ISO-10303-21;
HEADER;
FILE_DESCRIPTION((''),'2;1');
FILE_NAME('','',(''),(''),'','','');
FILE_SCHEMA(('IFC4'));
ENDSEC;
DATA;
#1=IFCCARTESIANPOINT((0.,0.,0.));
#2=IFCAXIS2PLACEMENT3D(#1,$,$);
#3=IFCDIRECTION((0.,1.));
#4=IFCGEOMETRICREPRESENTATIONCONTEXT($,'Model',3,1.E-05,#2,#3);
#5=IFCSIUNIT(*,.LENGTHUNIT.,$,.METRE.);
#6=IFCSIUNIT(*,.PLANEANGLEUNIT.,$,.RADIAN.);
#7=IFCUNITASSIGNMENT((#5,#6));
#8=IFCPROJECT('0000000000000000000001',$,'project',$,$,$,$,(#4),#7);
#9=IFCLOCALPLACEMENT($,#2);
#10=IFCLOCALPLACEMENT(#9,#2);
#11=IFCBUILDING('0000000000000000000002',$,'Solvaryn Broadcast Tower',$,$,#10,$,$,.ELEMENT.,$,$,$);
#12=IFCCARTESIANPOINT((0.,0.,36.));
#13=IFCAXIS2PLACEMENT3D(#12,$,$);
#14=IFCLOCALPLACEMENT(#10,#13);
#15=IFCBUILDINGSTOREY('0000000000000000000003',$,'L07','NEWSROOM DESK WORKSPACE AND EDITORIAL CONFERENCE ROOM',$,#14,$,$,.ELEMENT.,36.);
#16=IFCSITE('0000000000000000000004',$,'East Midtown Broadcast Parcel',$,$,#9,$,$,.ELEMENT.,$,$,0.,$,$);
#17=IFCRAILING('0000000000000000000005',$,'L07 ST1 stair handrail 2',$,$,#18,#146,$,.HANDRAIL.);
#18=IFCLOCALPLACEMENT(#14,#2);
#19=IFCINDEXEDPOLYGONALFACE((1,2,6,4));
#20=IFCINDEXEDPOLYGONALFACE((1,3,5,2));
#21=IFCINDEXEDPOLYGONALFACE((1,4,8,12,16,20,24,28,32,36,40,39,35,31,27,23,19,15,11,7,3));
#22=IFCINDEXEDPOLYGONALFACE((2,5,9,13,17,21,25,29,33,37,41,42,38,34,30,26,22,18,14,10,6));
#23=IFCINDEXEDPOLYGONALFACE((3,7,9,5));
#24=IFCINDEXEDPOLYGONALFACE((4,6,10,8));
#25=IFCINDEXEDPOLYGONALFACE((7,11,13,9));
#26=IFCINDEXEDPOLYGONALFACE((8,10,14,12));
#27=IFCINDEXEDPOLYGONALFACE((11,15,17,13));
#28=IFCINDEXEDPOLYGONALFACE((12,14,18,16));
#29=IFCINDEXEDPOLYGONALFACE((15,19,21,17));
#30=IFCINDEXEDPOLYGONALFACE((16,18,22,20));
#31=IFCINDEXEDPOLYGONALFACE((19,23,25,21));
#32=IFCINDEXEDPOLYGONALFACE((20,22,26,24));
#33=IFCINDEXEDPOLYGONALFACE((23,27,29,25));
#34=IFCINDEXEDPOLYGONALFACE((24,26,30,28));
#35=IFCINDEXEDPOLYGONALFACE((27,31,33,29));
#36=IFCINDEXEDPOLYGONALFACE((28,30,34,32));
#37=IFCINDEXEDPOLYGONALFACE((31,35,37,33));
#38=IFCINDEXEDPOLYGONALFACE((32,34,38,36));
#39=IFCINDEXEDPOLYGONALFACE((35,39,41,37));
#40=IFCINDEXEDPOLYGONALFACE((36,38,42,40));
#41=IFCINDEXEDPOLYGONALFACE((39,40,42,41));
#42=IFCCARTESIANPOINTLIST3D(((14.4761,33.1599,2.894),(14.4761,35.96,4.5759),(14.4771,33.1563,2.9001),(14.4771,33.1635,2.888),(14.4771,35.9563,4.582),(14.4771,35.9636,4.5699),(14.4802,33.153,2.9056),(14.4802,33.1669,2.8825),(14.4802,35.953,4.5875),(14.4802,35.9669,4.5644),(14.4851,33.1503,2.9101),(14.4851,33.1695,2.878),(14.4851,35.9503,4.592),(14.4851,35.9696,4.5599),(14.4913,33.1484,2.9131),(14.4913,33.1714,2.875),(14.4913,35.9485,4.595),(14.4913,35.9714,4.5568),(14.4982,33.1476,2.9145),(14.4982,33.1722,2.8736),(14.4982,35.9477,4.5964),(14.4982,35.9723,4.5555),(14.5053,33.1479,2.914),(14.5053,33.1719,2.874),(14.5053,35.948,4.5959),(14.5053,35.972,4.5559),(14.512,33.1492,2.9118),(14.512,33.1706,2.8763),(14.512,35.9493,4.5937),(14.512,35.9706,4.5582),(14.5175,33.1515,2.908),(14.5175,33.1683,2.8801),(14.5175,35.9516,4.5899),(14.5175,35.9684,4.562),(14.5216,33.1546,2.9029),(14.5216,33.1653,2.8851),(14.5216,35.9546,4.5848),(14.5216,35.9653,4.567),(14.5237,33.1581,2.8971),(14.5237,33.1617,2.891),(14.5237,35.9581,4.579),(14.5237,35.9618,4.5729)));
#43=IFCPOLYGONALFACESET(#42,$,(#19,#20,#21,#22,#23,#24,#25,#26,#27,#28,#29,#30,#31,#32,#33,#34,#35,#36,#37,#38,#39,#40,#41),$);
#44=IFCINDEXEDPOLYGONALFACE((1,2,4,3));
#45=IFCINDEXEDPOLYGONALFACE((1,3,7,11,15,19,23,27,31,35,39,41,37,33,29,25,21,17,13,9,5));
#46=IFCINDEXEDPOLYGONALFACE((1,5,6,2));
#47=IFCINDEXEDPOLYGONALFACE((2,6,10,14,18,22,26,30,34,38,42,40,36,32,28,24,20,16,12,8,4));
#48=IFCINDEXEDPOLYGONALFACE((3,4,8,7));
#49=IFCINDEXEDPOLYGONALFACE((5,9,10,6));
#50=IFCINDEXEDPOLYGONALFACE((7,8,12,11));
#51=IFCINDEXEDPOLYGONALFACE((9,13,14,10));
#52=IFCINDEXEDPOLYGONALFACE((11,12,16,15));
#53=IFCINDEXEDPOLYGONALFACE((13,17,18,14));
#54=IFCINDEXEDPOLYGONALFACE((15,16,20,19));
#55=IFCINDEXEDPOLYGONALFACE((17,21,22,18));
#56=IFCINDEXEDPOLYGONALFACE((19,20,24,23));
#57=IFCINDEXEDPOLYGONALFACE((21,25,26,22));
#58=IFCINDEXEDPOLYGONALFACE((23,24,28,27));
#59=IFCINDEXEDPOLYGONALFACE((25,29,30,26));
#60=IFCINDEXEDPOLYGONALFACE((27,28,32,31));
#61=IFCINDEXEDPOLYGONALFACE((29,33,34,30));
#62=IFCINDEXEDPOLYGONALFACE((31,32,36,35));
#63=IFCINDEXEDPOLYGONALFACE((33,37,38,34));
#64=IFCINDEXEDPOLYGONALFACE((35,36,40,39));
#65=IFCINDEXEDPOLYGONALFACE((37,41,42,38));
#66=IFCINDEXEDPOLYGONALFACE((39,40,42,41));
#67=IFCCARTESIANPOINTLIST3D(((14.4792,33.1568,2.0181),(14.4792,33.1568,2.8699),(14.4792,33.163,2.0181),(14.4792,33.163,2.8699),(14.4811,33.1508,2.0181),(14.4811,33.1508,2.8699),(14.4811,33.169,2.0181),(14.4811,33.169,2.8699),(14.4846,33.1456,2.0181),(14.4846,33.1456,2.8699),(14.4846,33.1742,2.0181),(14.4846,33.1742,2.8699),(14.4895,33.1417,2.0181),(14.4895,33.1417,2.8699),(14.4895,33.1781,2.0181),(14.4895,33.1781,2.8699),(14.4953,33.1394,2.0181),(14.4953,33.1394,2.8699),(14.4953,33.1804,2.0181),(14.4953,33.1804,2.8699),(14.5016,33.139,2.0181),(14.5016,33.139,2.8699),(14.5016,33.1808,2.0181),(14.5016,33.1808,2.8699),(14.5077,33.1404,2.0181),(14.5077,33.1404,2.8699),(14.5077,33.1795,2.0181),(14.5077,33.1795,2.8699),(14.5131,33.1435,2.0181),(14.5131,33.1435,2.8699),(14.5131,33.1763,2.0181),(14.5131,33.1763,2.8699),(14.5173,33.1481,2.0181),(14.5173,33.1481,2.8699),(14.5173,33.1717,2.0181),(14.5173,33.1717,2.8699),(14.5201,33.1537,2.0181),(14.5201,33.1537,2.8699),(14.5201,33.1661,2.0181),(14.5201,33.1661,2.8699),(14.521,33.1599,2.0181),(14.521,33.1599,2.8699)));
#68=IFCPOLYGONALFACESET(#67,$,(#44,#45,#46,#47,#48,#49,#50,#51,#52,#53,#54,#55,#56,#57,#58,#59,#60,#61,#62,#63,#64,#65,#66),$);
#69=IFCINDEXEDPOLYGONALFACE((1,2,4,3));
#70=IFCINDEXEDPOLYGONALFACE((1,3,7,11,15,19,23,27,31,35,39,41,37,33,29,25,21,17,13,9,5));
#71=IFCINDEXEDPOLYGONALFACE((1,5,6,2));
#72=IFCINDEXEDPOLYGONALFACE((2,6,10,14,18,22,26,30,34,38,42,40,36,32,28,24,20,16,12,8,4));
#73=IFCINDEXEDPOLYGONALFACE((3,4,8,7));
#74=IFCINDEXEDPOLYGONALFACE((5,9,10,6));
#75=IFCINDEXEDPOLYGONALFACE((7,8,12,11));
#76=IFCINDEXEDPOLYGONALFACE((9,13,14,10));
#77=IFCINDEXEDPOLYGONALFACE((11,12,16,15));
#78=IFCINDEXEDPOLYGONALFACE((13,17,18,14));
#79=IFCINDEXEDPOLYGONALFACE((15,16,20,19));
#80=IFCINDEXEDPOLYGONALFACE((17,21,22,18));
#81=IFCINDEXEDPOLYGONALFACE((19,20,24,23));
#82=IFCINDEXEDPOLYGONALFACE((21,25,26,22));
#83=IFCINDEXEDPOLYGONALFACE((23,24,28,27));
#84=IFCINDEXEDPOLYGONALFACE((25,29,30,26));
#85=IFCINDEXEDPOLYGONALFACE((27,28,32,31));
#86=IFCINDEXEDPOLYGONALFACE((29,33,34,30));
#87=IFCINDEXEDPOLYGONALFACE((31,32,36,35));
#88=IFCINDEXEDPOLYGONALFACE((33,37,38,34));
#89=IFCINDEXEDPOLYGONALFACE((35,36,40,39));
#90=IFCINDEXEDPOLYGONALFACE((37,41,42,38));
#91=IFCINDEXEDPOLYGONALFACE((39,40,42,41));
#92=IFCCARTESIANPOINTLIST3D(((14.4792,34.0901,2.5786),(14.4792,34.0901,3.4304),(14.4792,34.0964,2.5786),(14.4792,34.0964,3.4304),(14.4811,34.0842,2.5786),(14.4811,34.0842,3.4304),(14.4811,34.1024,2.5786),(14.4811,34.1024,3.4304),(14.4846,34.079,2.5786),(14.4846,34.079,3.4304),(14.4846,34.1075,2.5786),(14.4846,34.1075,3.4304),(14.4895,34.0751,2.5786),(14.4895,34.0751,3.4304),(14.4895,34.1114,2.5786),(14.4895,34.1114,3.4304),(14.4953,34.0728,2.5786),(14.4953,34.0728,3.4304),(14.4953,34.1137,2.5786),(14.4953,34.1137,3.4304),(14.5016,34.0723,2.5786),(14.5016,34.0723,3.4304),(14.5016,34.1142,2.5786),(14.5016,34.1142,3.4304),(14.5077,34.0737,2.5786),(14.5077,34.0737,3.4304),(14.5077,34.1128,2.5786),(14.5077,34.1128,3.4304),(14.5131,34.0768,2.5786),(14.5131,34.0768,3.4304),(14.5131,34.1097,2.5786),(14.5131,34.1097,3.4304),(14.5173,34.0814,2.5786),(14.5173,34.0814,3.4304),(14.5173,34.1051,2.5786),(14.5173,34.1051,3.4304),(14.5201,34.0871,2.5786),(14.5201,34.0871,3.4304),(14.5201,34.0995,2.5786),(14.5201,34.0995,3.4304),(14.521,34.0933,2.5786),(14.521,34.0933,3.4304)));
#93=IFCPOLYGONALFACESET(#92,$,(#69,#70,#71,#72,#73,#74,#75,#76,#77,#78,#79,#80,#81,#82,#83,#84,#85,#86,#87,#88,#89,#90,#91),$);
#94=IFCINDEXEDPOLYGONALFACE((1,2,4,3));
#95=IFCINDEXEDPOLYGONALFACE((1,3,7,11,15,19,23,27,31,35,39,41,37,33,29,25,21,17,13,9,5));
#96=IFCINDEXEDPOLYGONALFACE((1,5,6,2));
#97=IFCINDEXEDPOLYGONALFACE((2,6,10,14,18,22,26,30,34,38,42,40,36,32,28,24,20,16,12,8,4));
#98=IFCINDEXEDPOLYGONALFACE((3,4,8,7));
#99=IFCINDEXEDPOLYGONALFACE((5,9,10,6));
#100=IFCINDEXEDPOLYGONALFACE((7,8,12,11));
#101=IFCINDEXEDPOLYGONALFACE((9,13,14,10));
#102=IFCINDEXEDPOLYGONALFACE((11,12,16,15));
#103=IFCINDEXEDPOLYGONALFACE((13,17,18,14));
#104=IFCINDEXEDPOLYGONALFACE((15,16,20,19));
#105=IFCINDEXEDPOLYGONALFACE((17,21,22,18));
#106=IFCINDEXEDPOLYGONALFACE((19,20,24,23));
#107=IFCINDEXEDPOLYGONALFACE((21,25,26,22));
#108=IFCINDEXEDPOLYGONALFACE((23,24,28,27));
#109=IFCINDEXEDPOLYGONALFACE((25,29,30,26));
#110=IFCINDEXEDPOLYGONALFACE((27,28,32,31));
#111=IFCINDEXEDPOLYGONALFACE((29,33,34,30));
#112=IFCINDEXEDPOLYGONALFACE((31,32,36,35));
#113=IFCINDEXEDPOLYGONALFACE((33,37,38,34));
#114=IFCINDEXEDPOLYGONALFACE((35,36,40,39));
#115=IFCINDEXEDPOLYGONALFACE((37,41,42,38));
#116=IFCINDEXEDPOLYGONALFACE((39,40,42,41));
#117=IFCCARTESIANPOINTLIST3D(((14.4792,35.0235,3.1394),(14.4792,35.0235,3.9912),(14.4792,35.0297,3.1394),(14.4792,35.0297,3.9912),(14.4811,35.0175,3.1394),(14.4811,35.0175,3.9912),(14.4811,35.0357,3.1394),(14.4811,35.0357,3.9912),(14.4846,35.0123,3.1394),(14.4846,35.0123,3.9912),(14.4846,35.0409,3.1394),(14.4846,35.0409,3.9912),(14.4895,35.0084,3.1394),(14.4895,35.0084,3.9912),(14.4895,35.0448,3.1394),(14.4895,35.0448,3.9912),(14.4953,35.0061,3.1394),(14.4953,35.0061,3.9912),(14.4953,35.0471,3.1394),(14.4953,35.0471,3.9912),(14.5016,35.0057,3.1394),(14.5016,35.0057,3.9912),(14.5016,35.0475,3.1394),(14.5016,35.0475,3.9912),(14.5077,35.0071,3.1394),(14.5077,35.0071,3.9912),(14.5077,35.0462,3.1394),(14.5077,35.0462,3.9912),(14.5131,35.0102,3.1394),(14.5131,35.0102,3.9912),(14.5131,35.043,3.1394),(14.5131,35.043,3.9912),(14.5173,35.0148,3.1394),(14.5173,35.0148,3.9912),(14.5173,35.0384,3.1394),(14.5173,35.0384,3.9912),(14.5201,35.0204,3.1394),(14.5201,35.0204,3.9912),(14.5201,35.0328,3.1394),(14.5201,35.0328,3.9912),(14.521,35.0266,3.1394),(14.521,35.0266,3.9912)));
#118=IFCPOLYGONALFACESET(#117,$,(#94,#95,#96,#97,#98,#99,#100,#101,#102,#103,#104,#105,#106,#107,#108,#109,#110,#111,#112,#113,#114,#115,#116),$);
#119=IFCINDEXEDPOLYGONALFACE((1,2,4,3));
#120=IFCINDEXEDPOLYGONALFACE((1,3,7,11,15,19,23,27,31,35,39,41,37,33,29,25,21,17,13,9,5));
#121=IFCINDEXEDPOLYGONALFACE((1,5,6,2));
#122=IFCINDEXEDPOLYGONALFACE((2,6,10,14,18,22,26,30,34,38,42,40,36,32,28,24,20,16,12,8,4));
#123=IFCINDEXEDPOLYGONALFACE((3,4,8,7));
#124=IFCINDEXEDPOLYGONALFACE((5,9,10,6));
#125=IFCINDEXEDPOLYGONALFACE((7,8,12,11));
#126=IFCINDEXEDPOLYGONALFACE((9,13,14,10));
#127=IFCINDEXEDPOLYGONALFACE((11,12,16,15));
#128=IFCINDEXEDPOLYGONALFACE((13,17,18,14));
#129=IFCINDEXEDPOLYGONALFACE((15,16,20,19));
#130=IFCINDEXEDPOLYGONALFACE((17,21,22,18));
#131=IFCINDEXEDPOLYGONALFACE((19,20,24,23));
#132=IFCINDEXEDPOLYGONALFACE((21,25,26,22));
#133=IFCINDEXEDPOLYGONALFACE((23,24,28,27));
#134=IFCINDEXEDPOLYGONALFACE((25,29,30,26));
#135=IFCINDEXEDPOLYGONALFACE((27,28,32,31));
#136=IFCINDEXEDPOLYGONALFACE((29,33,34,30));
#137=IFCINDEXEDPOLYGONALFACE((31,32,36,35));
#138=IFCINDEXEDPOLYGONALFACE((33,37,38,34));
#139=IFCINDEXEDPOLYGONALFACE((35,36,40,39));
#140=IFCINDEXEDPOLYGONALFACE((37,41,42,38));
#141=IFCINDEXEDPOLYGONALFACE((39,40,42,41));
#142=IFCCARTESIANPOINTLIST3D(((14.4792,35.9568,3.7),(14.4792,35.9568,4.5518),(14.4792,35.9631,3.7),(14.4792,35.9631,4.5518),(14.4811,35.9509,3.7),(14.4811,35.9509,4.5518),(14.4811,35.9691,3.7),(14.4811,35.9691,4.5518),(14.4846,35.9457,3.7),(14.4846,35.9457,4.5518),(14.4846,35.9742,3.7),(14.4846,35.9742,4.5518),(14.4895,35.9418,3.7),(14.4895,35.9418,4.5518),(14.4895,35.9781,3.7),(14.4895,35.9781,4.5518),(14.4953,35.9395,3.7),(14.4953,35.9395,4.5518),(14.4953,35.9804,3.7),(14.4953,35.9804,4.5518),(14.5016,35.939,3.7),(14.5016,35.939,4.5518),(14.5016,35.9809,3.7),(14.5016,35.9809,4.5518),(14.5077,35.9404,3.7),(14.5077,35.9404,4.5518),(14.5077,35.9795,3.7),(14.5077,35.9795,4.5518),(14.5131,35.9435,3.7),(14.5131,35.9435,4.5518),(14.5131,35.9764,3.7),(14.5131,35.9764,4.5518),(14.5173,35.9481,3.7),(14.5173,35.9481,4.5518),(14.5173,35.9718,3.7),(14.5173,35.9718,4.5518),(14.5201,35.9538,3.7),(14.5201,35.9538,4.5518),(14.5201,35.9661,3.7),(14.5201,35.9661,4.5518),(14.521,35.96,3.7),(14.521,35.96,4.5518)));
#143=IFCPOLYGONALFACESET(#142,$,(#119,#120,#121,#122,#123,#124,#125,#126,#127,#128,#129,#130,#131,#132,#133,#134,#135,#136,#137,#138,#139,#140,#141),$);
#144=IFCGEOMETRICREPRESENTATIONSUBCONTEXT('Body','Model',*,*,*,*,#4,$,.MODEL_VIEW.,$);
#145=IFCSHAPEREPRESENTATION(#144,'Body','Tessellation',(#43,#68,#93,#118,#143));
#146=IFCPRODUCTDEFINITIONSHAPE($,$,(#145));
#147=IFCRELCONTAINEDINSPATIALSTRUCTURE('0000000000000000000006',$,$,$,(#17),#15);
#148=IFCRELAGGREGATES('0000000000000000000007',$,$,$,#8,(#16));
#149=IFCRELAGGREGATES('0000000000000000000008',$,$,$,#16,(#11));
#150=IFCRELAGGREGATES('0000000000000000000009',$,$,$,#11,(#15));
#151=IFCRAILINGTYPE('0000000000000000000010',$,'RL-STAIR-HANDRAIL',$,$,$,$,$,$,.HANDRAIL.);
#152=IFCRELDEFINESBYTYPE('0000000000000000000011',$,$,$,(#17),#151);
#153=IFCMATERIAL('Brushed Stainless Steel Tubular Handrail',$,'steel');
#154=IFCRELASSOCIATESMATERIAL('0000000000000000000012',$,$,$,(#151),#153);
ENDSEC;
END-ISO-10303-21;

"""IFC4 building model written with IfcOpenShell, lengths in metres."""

from ifc_helpers import new_model, si_unit, direction, frame, origin, origin_2d, place, context, subcontext, project, spatial, circle, extrude, material, type_object, element, save


model = new_model("IFC4")

# Units and contexts
model_context = context("Model", 3, precision=1e-05, world=origin(), true_north=direction((0.0, 1.0)))
body_context = subcontext(model_context, "Body", "Model", "MODEL_VIEW")
ifc_project = project(units=[si_unit("LENGTHUNIT", "METRE"), si_unit("PLANEANGLEUNIT", "RADIAN")], contexts=[model_context])

# Site, building, storey
site_placement = place(None, origin())
site = spatial("IfcSite", under=ifc_project, at=site_placement, Name="East Midtown Broadcast Parcel", CompositionType="ELEMENT", RefElevation=0.0)
building_placement = place(site_placement, origin())
building = spatial("IfcBuilding", under=site, at=building_placement, Name="Solvaryn Broadcast Tower", CompositionType="ELEMENT")
storey_placement = place(building_placement, frame((0.0, 0.0, 36.0)))
storey = spatial("IfcBuildingStorey", under=building, at=storey_placement, Name="L07", Description="NEWSROOM DESK WORKSPACE AND EDITORIAL CONFERENCE ROOM", CompositionType="ELEMENT", Elevation=36.0)

# Railing
ifc_material_1 = material(Name="Brushed Stainless Steel Tubular Handrail", Category="steel")
railing_type_1 = type_object("IfcRailingType", Name="RL-STAIR-HANDRAIL", PredefinedType="HANDRAIL", material=ifc_material_1)
railing_1_placement = place(storey_placement, frame((14.5, 33.1599, 2.0181)))
element("IfcRailing", 1, at=railing_1_placement, inside=storey, type_object=railing_type_1, Name="L07 ST1 stair handrail 2", PredefinedType="HANDRAIL", context=body_context, shape_type="SweptSolid", body=[
    extrude(circle(Radius=0.0239, at=origin_2d()), frame((0.0, 0.0, 0.876), z_axis=(0.0, 0.857242, 0.514913), x_axis=(-1.0, 0.0, 0.0)), (0.0, 0.0, 1.0), 3.2664),
    extrude(circle(Radius=0.021, at=origin_2d()), origin(), (0.0, 0.0, 1.0), 0.8518),
    extrude(circle(Radius=0.021, at=origin_2d()), frame((0.0, 0.9333, 0.5605)), (0.0, 0.0, 1.0), 0.8518),
    extrude(circle(Radius=0.021, at=origin_2d()), frame((0.0, 1.8667, 1.1213)), (0.0, 0.0, 1.0), 0.8518),
    extrude(circle(Radius=0.021, at=origin_2d()), frame((0.0, 2.8, 1.6819)), (0.0, 0.0, 1.0), 0.8518),
])

save(model, "model.ifc")
